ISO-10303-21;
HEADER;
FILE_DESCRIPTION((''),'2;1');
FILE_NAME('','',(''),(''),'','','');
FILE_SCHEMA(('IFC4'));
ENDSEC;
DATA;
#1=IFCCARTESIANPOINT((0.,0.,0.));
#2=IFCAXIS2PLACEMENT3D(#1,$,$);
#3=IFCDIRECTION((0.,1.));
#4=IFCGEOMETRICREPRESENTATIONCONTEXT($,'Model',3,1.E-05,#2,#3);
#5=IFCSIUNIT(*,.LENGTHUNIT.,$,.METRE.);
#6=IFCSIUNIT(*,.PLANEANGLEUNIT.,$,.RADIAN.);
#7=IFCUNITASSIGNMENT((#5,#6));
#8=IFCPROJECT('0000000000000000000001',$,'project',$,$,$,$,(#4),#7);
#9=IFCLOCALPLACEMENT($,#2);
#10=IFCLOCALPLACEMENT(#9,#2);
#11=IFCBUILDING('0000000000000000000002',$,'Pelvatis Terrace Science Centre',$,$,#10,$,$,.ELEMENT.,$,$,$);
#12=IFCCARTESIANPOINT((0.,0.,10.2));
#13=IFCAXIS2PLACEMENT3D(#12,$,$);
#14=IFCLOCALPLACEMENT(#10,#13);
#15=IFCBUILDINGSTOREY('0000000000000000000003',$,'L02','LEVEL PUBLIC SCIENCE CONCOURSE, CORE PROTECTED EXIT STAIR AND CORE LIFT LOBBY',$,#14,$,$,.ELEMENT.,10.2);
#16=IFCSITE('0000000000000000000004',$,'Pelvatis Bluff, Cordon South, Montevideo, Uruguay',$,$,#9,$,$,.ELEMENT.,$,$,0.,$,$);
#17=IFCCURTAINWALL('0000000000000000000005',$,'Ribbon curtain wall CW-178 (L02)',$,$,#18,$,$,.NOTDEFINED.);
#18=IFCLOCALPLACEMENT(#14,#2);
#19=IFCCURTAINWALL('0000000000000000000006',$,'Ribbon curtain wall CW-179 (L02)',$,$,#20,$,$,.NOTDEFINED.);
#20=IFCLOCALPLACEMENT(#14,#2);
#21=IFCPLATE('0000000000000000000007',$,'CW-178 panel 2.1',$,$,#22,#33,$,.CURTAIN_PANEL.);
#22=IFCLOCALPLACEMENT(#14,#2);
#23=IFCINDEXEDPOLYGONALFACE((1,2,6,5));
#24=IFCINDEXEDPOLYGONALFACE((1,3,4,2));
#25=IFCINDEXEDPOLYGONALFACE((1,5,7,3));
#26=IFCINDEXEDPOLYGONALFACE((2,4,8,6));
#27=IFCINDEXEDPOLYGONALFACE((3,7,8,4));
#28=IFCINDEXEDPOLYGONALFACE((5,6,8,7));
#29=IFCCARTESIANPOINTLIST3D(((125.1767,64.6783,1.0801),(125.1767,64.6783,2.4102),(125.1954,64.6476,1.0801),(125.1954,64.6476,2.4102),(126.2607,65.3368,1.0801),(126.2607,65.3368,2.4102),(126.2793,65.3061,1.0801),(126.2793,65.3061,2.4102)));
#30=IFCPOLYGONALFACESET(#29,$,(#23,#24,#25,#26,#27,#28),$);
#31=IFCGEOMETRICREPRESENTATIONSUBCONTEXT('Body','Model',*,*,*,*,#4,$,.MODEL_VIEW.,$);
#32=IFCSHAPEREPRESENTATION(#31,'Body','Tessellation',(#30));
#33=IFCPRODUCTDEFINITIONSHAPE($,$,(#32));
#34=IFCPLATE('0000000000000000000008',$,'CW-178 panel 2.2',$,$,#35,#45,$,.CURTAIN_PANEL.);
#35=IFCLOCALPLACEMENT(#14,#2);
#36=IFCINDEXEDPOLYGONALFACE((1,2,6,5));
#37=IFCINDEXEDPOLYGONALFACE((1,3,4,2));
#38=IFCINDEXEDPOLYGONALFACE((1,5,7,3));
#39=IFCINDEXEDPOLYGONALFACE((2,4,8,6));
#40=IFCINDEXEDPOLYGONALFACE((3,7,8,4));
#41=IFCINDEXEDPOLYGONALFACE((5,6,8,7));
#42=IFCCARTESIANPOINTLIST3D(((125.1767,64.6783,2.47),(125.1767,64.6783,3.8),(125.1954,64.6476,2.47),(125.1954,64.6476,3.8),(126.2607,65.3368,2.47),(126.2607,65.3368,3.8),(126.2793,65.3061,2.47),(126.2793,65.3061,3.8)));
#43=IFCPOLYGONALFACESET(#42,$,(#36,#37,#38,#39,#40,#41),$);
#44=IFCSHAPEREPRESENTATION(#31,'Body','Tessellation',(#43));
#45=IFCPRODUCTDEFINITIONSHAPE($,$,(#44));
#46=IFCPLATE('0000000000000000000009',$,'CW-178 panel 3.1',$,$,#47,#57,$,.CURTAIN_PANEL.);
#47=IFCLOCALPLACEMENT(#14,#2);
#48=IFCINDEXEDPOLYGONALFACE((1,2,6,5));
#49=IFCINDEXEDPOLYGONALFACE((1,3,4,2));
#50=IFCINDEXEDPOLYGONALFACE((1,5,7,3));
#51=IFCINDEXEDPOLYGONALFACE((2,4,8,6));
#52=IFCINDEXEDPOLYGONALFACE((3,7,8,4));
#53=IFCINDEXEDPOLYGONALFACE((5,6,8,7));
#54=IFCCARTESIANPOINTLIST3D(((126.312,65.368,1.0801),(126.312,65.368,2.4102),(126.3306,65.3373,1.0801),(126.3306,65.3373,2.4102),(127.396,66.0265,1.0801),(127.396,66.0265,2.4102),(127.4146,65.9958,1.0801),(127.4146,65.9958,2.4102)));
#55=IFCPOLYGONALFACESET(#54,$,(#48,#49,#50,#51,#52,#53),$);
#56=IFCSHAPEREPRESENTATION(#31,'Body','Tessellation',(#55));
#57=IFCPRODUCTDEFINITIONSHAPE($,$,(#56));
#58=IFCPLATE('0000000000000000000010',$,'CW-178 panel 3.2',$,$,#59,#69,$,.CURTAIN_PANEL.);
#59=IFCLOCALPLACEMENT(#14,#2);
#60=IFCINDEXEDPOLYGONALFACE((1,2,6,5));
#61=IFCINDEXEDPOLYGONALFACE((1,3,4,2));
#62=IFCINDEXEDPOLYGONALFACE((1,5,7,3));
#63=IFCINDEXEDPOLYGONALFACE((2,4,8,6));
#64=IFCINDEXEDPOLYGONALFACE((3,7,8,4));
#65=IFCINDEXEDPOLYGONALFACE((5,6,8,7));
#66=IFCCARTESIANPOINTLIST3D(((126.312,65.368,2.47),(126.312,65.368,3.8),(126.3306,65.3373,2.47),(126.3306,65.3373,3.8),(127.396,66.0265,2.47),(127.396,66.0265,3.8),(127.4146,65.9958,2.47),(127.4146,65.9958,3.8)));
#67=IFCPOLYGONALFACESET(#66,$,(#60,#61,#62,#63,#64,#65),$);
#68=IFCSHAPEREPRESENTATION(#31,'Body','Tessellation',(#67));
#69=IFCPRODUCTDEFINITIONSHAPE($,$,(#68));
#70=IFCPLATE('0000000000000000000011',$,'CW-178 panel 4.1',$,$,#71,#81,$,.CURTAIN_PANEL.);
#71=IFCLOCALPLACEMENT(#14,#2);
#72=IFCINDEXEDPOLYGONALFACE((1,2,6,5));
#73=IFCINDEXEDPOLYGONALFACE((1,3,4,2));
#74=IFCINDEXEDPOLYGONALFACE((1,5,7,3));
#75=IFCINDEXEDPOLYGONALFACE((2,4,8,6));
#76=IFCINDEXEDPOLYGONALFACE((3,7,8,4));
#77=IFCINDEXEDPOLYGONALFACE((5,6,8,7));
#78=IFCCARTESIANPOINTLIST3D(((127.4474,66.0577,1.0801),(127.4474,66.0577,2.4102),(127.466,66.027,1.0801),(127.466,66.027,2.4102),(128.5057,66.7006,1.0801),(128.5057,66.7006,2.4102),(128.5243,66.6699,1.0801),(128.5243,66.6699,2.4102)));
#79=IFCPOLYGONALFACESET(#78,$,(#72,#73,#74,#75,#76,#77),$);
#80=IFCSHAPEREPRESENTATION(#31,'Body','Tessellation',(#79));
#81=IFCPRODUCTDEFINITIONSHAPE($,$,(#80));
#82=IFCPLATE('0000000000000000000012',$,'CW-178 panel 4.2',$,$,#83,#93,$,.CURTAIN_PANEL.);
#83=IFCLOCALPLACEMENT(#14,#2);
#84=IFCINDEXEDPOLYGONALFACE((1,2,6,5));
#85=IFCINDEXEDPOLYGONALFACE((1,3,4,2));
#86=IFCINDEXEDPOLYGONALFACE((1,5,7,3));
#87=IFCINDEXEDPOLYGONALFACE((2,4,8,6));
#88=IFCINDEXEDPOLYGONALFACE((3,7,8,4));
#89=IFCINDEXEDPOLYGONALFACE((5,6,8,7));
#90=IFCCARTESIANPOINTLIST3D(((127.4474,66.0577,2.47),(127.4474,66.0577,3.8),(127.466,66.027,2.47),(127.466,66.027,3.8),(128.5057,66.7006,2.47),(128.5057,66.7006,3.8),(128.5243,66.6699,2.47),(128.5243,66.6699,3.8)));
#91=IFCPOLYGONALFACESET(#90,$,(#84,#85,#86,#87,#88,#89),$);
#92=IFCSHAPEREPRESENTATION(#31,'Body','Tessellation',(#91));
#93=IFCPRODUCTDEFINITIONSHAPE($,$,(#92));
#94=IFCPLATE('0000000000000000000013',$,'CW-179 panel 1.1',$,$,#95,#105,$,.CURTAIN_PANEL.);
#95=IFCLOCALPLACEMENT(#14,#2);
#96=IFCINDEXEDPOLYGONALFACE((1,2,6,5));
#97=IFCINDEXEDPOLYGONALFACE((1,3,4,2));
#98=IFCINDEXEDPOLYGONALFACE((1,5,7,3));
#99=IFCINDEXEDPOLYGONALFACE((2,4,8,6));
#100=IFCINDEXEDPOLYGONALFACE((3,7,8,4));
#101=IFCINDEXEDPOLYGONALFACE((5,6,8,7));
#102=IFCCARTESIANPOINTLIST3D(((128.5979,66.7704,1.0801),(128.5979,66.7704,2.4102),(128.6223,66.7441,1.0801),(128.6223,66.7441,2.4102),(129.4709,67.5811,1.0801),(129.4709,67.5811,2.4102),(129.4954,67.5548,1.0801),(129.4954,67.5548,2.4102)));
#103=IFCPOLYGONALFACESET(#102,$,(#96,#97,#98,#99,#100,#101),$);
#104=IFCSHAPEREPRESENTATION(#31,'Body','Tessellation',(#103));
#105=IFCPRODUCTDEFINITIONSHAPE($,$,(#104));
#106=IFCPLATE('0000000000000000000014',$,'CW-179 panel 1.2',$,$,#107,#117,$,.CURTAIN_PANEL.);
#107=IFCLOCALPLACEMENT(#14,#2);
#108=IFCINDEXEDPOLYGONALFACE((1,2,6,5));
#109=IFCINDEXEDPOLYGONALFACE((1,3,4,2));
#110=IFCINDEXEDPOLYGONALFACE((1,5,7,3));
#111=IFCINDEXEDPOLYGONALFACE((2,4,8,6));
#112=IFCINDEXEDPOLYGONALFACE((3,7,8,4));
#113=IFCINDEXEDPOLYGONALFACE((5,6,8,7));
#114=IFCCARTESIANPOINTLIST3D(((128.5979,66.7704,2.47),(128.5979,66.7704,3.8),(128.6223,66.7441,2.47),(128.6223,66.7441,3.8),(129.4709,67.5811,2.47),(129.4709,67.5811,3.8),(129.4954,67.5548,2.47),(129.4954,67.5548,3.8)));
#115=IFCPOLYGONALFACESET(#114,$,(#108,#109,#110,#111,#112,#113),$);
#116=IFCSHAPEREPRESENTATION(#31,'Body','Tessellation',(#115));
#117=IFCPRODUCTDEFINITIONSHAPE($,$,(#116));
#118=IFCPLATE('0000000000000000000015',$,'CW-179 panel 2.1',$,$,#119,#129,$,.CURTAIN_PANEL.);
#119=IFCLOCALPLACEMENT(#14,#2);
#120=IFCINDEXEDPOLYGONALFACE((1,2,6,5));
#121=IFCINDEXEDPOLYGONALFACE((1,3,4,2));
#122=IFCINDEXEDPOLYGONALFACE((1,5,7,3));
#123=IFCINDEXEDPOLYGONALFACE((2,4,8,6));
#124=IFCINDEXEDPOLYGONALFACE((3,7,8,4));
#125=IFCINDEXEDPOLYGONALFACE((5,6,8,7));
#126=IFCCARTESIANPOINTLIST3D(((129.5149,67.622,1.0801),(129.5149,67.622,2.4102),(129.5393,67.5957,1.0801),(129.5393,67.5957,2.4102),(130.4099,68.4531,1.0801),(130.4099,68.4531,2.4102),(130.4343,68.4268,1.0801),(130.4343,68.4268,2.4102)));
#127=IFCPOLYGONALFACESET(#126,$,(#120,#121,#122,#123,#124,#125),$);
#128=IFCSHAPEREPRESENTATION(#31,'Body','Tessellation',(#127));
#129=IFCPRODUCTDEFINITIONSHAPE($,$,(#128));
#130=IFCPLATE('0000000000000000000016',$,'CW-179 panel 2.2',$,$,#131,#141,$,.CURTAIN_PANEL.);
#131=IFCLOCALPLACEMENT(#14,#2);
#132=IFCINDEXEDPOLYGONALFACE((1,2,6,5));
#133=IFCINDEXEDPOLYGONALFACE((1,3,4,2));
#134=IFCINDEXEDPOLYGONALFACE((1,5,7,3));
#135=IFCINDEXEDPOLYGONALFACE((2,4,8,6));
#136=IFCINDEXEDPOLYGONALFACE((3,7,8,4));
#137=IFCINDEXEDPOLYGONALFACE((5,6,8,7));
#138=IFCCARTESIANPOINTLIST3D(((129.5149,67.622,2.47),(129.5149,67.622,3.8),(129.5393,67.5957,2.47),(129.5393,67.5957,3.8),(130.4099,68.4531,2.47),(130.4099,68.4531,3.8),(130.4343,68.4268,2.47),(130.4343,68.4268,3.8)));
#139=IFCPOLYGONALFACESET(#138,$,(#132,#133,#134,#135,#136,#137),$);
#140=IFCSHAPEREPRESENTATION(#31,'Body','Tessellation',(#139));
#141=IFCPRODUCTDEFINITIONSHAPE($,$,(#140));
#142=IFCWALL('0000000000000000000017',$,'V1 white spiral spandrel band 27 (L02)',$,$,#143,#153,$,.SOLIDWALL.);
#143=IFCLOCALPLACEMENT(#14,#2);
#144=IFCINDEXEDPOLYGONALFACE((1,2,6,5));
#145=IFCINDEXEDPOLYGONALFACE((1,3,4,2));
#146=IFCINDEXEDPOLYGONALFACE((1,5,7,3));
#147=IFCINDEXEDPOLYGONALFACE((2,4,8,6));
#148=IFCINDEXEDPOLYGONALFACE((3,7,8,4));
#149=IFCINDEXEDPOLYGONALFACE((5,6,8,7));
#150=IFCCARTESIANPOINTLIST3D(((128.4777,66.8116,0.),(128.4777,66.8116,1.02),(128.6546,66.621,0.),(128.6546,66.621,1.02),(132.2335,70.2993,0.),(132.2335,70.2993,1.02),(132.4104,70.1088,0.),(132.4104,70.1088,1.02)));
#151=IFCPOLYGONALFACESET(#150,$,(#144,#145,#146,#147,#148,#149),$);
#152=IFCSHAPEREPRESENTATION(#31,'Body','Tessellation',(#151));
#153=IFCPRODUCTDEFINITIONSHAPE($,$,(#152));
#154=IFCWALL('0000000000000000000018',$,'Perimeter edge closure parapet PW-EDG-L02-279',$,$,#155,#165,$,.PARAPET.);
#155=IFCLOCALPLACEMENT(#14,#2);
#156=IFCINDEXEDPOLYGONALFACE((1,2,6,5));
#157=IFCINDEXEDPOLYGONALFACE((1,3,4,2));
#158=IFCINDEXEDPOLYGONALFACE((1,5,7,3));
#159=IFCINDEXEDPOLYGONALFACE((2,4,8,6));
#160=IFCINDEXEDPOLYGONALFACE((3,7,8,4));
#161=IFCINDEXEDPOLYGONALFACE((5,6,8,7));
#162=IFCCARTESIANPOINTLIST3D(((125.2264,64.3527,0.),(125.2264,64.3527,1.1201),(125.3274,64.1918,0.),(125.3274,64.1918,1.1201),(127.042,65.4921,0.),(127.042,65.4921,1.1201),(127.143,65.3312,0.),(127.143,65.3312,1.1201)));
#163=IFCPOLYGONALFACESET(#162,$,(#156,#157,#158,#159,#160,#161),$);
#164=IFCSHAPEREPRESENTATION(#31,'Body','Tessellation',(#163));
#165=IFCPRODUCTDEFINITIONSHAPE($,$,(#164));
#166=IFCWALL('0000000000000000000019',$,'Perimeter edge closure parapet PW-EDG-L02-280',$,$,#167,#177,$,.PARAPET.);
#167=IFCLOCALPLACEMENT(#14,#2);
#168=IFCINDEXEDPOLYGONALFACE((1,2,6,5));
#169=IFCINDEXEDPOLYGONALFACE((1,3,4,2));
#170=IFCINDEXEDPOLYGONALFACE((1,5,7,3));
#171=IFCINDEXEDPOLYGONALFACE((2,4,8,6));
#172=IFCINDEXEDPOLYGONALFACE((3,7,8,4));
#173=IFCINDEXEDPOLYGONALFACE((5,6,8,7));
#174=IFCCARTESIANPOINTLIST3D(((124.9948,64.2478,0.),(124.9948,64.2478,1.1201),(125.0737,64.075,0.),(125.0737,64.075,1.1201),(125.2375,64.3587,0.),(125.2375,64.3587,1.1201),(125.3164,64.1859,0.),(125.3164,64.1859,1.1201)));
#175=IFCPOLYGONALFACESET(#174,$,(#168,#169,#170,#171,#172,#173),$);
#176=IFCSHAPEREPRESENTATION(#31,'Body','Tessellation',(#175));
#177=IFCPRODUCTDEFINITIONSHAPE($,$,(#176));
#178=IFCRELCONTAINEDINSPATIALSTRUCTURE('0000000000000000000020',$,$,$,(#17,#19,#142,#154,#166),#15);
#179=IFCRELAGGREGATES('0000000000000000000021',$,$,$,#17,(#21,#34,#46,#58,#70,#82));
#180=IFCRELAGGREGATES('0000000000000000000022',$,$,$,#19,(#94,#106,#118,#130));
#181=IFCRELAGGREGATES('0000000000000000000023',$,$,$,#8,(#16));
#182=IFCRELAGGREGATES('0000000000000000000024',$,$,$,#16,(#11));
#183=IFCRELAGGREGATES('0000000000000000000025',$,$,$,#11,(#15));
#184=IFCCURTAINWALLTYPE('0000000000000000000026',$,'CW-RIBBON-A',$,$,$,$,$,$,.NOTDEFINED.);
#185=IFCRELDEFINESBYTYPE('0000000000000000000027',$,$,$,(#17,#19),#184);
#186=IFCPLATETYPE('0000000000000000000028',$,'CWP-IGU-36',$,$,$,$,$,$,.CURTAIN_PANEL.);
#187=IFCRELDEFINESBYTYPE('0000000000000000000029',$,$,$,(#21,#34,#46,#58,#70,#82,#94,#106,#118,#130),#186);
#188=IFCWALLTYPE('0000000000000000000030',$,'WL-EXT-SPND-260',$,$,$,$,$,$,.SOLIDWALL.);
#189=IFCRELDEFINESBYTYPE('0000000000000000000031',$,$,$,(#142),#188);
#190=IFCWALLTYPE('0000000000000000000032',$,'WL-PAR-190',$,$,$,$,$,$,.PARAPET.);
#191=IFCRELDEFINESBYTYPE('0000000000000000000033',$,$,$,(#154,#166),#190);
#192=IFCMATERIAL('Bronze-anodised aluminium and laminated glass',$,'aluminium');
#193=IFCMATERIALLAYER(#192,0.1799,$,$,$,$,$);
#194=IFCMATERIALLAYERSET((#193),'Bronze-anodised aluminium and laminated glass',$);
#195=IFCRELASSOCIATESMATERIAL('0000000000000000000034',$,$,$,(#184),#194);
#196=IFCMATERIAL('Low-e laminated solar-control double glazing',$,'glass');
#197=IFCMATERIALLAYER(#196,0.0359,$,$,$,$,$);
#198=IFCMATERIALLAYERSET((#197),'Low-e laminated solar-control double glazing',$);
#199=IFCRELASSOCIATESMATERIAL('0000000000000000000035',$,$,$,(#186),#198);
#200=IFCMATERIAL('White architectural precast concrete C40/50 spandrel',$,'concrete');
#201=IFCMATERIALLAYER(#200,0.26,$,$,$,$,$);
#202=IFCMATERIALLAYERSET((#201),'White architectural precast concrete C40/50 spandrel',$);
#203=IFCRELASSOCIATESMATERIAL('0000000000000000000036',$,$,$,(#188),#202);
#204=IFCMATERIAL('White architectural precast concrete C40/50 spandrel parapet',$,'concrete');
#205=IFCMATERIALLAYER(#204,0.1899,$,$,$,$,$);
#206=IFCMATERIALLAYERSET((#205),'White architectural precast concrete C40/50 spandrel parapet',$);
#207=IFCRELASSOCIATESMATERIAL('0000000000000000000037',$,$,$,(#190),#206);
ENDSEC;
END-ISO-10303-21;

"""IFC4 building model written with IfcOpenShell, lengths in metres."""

from ifc_helpers import new_model, si_unit, direction, frame, frame_2d, origin, origin_2d, place, context, subcontext, project, spatial, rectangle, extrude, material, layer, layer_set, type_object, element, aggregate, save


model = new_model("IFC4")

# Units and contexts
model_context = context("Model", 3, precision=1e-05, world=origin(), true_north=direction((0.0, 1.0)))
body_context = subcontext(model_context, "Body", "Model", "MODEL_VIEW")
ifc_project = project(units=[si_unit("LENGTHUNIT", "METRE"), si_unit("PLANEANGLEUNIT", "RADIAN")], contexts=[model_context])

# Site, building, storey
site_placement = place(None, origin())
site = spatial("IfcSite", under=ifc_project, at=site_placement, Name="Pelvatis Bluff, Cordon South, Montevideo, Uruguay", CompositionType="ELEMENT", RefElevation=0.0)
building_placement = place(site_placement, origin())
building = spatial("IfcBuilding", under=site, at=building_placement, Name="Pelvatis Terrace Science Centre", CompositionType="ELEMENT")
storey_placement = place(building_placement, frame((0.0, 0.0, 10.2)))
storey = spatial("IfcBuildingStorey", under=building, at=storey_placement, Name="L02", Description="LEVEL PUBLIC SCIENCE CONCOURSE, CORE PROTECTED EXIT STAIR AND CORE LIFT LOBBY", CompositionType="ELEMENT", Elevation=10.2)

# Curtain walls
ifc_material_1 = material(Name="Bronze-anodised aluminium and laminated glass", Category="aluminium")
ifc_layer_1 = layer(ifc_material_1, 0.1799)
ifc_layer_set_1 = layer_set([ifc_layer_1], Name="Bronze-anodised aluminium and laminated glass")
curtain_wall_type = type_object("IfcCurtainWallType", Name="CW-RIBBON-A", PredefinedType="NOTDEFINED", material=ifc_layer_set_1)
curtain_wall_1_placement = place(storey_placement, origin())
curtain_wall_1 = element("IfcCurtainWall", 1, at=curtain_wall_1_placement, inside=storey, type_object=curtain_wall_type, Name="Ribbon curtain wall CW-178 (L02)", PredefinedType="NOTDEFINED")
curtain_wall_2_placement = place(storey_placement, origin())
curtain_wall_2 = element("IfcCurtainWall", 2, at=curtain_wall_2_placement, inside=storey, type_object=curtain_wall_type, Name="Ribbon curtain wall CW-179 (L02)", PredefinedType="NOTDEFINED")

# Plates
ifc_material_2 = material(Name="Low-e laminated solar-control double glazing", Category="glass")
ifc_layer_2 = layer(ifc_material_2, 0.0359)
ifc_layer_set_2 = layer_set([ifc_layer_2], Name="Low-e laminated solar-control double glazing")
plate_type = type_object("IfcPlateType", Name="CWP-IGU-36", PredefinedType="CURTAIN_PANEL", material=ifc_layer_set_2)
plate_1_placement = place(storey_placement, frame((125.728, 64.9922, 1.0801), z_axis=(0.0, 0.0, 1.0), x_axis=(0.854659, 0.51919, 0.0)))
plate_1 = element("IfcPlate", 3, at=plate_1_placement, type_object=plate_type, Name="CW-178 panel 2.1", PredefinedType="CURTAIN_PANEL", context=body_context, shape_type="SweptSolid", body=[
    extrude(rectangle(XDim=1.2683, YDim=0.0359, at=origin_2d()), origin(), (0.0, 0.0, 1.0), 1.3301),
])
plate_2_placement = place(storey_placement, frame((125.728, 64.9922, 2.47), z_axis=(0.0, 0.0, 1.0), x_axis=(0.854659, 0.51919, 0.0)))
plate_2 = element("IfcPlate", 4, at=plate_2_placement, type_object=plate_type, Name="CW-178 panel 2.2", PredefinedType="CURTAIN_PANEL", context=body_context, shape_type="SweptSolid", body=[
    extrude(rectangle(XDim=1.2683, YDim=0.0359, at=origin_2d()), origin(), (0.0, 0.0, 1.0), 1.3301),
])
plate_3_placement = place(storey_placement, frame((126.8633, 65.6819, 1.0801), z_axis=(0.0, 0.0, 1.0), x_axis=(0.854659, 0.51919, 0.0)))
plate_3 = element("IfcPlate", 5, at=plate_3_placement, type_object=plate_type, Name="CW-178 panel 3.1", PredefinedType="CURTAIN_PANEL", context=body_context, shape_type="SweptSolid", body=[
    extrude(rectangle(XDim=1.2683, YDim=0.0359, at=origin_2d()), origin(), (0.0, 0.0, 1.0), 1.3301),
])
plate_4_placement = place(storey_placement, frame((126.8633, 65.6819, 2.47), z_axis=(0.0, 0.0, 1.0), x_axis=(0.854659, 0.51919, 0.0)))
plate_4 = element("IfcPlate", 6, at=plate_4_placement, type_object=plate_type, Name="CW-178 panel 3.2", PredefinedType="CURTAIN_PANEL", context=body_context, shape_type="SweptSolid", body=[
    extrude(rectangle(XDim=1.2683, YDim=0.0359, at=origin_2d()), origin(), (0.0, 0.0, 1.0), 1.3301),
])
plate_5_placement = place(storey_placement, frame((127.9858, 66.3638, 1.0801), z_axis=(0.0, 0.0, 1.0), x_axis=(0.854659, 0.51919, 0.0)))
plate_5 = element("IfcPlate", 7, at=plate_5_placement, type_object=plate_type, Name="CW-178 panel 4.1", PredefinedType="CURTAIN_PANEL", context=body_context, shape_type="SweptSolid", body=[
    extrude(rectangle(XDim=1.2383, YDim=0.0359, at=origin_2d()), origin(), (0.0, 0.0, 1.0), 1.3301),
])
plate_6_placement = place(storey_placement, frame((127.9858, 66.3638, 2.47), z_axis=(0.0, 0.0, 1.0), x_axis=(0.854659, 0.51919, 0.0)))
plate_6 = element("IfcPlate", 8, at=plate_6_placement, type_object=plate_type, Name="CW-178 panel 4.2", PredefinedType="CURTAIN_PANEL", context=body_context, shape_type="SweptSolid", body=[
    extrude(rectangle(XDim=1.2383, YDim=0.0359, at=origin_2d()), origin(), (0.0, 0.0, 1.0), 1.3301),
])
aggregate(curtain_wall_1, [plate_1, plate_2, plate_3, plate_4, plate_5, plate_6])
plate_7_placement = place(storey_placement, frame((129.0466, 67.1626, 1.0801), z_axis=(0.0, 0.0, 1.0), x_axis=(0.732776, 0.68047, 0.0)))
plate_7 = element("IfcPlate", 9, at=plate_7_placement, type_object=plate_type, Name="CW-179 panel 1.1", PredefinedType="CURTAIN_PANEL", context=body_context, shape_type="SweptSolid", body=[
    extrude(rectangle(XDim=1.1914, YDim=0.0359, at=origin_2d()), origin(), (0.0, 0.0, 1.0), 1.3301),
])
plate_8_placement = place(storey_placement, frame((129.0466, 67.1626, 2.47), z_axis=(0.0, 0.0, 1.0), x_axis=(0.732776, 0.68047, 0.0)))
plate_8 = element("IfcPlate", 10, at=plate_8_placement, type_object=plate_type, Name="CW-179 panel 1.2", PredefinedType="CURTAIN_PANEL", context=body_context, shape_type="SweptSolid", body=[
    extrude(rectangle(XDim=1.1914, YDim=0.0359, at=origin_2d()), origin(), (0.0, 0.0, 1.0), 1.3301),
])
plate_9_placement = place(storey_placement, frame((129.9746, 68.0244, 1.0801), z_axis=(0.0, 0.0, 1.0), x_axis=(0.732776, 0.68047, 0.0)))
plate_9 = element("IfcPlate", 11, at=plate_9_placement, type_object=plate_type, Name="CW-179 panel 2.1", PredefinedType="CURTAIN_PANEL", context=body_context, shape_type="SweptSolid", body=[
    extrude(rectangle(XDim=1.2214, YDim=0.0359, at=origin_2d()), origin(), (0.0, 0.0, 1.0), 1.3301),
])
plate_10_placement = place(storey_placement, frame((129.9746, 68.0244, 2.47), z_axis=(0.0, 0.0, 1.0), x_axis=(0.732776, 0.68047, 0.0)))
plate_10 = element("IfcPlate", 12, at=plate_10_placement, type_object=plate_type, Name="CW-179 panel 2.2", PredefinedType="CURTAIN_PANEL", context=body_context, shape_type="SweptSolid", body=[
    extrude(rectangle(XDim=1.2214, YDim=0.0359, at=origin_2d()), origin(), (0.0, 0.0, 1.0), 1.3301),
])
aggregate(curtain_wall_2, [plate_7, plate_8, plate_9, plate_10])

# Walls
ifc_material_3 = material(Name="White architectural precast concrete C40/50 spandrel", Category="concrete")
ifc_layer_3 = layer(ifc_material_3, 0.26)
ifc_layer_set_3 = layer_set([ifc_layer_3], Name="White architectural precast concrete C40/50 spandrel")
wall_type_1 = type_object("IfcWallType", Name="WL-EXT-SPND-260", PredefinedType="SOLIDWALL", material=ifc_layer_set_3)
wall_1_placement = place(storey_placement, frame((128.5662, 66.7163, 0.0), z_axis=(0.0, 0.0, 1.0), x_axis=(0.732773, 0.680473, 0.0)))
element("IfcWall", 13, at=wall_1_placement, inside=storey, type_object=wall_type_1, Name="V1 white spiral spandrel band 27 (L02)", PredefinedType="SOLIDWALL", context=body_context, shape_type="SweptSolid", body=[
    extrude(rectangle(XDim=5.1255, YDim=0.26, at=frame_2d((2.5627, 0.0))), origin(), (0.0, 0.0, 1.0), 1.02),
])
ifc_material_4 = material(Name="White architectural precast concrete C40/50 spandrel parapet", Category="concrete")
ifc_layer_4 = layer(ifc_material_4, 0.1899)
ifc_layer_set_4 = layer_set([ifc_layer_4], Name="White architectural precast concrete C40/50 spandrel parapet")
wall_type_2 = type_object("IfcWallType", Name="WL-PAR-190", PredefinedType="PARAPET", material=ifc_layer_set_4)
wall_2_placement = place(storey_placement, frame((127.0925, 65.4116, 0.0), z_axis=(0.0, 0.0, 1.0), x_axis=(-0.847031, -0.531544, 0.0)))
element("IfcWall", 14, at=wall_2_placement, inside=storey, type_object=wall_type_2, Name="Perimeter edge closure parapet PW-EDG-L02-279", PredefinedType="PARAPET", context=body_context, shape_type="SweptSolid", body=[
    extrude(rectangle(XDim=2.1436, YDim=0.1899, at=frame_2d((1.0718, 0.0))), origin(), (0.0, 0.0, 1.0), 1.1201),
])
wall_3_placement = place(storey_placement, frame((125.2769, 64.2722, 0.0), z_axis=(0.0, 0.0, 1.0), x_axis=(-0.909613, -0.415457, 0.0)))
element("IfcWall", 15, at=wall_3_placement, inside=storey, type_object=wall_type_2, Name="Perimeter edge closure parapet PW-EDG-L02-280", PredefinedType="PARAPET", context=body_context, shape_type="SweptSolid", body=[
    extrude(rectangle(XDim=0.2668, YDim=0.1899, at=frame_2d((0.1333, 0.0))), origin(), (0.0, 0.0, 1.0), 1.1201),
])

save(model, "model.ifc")
